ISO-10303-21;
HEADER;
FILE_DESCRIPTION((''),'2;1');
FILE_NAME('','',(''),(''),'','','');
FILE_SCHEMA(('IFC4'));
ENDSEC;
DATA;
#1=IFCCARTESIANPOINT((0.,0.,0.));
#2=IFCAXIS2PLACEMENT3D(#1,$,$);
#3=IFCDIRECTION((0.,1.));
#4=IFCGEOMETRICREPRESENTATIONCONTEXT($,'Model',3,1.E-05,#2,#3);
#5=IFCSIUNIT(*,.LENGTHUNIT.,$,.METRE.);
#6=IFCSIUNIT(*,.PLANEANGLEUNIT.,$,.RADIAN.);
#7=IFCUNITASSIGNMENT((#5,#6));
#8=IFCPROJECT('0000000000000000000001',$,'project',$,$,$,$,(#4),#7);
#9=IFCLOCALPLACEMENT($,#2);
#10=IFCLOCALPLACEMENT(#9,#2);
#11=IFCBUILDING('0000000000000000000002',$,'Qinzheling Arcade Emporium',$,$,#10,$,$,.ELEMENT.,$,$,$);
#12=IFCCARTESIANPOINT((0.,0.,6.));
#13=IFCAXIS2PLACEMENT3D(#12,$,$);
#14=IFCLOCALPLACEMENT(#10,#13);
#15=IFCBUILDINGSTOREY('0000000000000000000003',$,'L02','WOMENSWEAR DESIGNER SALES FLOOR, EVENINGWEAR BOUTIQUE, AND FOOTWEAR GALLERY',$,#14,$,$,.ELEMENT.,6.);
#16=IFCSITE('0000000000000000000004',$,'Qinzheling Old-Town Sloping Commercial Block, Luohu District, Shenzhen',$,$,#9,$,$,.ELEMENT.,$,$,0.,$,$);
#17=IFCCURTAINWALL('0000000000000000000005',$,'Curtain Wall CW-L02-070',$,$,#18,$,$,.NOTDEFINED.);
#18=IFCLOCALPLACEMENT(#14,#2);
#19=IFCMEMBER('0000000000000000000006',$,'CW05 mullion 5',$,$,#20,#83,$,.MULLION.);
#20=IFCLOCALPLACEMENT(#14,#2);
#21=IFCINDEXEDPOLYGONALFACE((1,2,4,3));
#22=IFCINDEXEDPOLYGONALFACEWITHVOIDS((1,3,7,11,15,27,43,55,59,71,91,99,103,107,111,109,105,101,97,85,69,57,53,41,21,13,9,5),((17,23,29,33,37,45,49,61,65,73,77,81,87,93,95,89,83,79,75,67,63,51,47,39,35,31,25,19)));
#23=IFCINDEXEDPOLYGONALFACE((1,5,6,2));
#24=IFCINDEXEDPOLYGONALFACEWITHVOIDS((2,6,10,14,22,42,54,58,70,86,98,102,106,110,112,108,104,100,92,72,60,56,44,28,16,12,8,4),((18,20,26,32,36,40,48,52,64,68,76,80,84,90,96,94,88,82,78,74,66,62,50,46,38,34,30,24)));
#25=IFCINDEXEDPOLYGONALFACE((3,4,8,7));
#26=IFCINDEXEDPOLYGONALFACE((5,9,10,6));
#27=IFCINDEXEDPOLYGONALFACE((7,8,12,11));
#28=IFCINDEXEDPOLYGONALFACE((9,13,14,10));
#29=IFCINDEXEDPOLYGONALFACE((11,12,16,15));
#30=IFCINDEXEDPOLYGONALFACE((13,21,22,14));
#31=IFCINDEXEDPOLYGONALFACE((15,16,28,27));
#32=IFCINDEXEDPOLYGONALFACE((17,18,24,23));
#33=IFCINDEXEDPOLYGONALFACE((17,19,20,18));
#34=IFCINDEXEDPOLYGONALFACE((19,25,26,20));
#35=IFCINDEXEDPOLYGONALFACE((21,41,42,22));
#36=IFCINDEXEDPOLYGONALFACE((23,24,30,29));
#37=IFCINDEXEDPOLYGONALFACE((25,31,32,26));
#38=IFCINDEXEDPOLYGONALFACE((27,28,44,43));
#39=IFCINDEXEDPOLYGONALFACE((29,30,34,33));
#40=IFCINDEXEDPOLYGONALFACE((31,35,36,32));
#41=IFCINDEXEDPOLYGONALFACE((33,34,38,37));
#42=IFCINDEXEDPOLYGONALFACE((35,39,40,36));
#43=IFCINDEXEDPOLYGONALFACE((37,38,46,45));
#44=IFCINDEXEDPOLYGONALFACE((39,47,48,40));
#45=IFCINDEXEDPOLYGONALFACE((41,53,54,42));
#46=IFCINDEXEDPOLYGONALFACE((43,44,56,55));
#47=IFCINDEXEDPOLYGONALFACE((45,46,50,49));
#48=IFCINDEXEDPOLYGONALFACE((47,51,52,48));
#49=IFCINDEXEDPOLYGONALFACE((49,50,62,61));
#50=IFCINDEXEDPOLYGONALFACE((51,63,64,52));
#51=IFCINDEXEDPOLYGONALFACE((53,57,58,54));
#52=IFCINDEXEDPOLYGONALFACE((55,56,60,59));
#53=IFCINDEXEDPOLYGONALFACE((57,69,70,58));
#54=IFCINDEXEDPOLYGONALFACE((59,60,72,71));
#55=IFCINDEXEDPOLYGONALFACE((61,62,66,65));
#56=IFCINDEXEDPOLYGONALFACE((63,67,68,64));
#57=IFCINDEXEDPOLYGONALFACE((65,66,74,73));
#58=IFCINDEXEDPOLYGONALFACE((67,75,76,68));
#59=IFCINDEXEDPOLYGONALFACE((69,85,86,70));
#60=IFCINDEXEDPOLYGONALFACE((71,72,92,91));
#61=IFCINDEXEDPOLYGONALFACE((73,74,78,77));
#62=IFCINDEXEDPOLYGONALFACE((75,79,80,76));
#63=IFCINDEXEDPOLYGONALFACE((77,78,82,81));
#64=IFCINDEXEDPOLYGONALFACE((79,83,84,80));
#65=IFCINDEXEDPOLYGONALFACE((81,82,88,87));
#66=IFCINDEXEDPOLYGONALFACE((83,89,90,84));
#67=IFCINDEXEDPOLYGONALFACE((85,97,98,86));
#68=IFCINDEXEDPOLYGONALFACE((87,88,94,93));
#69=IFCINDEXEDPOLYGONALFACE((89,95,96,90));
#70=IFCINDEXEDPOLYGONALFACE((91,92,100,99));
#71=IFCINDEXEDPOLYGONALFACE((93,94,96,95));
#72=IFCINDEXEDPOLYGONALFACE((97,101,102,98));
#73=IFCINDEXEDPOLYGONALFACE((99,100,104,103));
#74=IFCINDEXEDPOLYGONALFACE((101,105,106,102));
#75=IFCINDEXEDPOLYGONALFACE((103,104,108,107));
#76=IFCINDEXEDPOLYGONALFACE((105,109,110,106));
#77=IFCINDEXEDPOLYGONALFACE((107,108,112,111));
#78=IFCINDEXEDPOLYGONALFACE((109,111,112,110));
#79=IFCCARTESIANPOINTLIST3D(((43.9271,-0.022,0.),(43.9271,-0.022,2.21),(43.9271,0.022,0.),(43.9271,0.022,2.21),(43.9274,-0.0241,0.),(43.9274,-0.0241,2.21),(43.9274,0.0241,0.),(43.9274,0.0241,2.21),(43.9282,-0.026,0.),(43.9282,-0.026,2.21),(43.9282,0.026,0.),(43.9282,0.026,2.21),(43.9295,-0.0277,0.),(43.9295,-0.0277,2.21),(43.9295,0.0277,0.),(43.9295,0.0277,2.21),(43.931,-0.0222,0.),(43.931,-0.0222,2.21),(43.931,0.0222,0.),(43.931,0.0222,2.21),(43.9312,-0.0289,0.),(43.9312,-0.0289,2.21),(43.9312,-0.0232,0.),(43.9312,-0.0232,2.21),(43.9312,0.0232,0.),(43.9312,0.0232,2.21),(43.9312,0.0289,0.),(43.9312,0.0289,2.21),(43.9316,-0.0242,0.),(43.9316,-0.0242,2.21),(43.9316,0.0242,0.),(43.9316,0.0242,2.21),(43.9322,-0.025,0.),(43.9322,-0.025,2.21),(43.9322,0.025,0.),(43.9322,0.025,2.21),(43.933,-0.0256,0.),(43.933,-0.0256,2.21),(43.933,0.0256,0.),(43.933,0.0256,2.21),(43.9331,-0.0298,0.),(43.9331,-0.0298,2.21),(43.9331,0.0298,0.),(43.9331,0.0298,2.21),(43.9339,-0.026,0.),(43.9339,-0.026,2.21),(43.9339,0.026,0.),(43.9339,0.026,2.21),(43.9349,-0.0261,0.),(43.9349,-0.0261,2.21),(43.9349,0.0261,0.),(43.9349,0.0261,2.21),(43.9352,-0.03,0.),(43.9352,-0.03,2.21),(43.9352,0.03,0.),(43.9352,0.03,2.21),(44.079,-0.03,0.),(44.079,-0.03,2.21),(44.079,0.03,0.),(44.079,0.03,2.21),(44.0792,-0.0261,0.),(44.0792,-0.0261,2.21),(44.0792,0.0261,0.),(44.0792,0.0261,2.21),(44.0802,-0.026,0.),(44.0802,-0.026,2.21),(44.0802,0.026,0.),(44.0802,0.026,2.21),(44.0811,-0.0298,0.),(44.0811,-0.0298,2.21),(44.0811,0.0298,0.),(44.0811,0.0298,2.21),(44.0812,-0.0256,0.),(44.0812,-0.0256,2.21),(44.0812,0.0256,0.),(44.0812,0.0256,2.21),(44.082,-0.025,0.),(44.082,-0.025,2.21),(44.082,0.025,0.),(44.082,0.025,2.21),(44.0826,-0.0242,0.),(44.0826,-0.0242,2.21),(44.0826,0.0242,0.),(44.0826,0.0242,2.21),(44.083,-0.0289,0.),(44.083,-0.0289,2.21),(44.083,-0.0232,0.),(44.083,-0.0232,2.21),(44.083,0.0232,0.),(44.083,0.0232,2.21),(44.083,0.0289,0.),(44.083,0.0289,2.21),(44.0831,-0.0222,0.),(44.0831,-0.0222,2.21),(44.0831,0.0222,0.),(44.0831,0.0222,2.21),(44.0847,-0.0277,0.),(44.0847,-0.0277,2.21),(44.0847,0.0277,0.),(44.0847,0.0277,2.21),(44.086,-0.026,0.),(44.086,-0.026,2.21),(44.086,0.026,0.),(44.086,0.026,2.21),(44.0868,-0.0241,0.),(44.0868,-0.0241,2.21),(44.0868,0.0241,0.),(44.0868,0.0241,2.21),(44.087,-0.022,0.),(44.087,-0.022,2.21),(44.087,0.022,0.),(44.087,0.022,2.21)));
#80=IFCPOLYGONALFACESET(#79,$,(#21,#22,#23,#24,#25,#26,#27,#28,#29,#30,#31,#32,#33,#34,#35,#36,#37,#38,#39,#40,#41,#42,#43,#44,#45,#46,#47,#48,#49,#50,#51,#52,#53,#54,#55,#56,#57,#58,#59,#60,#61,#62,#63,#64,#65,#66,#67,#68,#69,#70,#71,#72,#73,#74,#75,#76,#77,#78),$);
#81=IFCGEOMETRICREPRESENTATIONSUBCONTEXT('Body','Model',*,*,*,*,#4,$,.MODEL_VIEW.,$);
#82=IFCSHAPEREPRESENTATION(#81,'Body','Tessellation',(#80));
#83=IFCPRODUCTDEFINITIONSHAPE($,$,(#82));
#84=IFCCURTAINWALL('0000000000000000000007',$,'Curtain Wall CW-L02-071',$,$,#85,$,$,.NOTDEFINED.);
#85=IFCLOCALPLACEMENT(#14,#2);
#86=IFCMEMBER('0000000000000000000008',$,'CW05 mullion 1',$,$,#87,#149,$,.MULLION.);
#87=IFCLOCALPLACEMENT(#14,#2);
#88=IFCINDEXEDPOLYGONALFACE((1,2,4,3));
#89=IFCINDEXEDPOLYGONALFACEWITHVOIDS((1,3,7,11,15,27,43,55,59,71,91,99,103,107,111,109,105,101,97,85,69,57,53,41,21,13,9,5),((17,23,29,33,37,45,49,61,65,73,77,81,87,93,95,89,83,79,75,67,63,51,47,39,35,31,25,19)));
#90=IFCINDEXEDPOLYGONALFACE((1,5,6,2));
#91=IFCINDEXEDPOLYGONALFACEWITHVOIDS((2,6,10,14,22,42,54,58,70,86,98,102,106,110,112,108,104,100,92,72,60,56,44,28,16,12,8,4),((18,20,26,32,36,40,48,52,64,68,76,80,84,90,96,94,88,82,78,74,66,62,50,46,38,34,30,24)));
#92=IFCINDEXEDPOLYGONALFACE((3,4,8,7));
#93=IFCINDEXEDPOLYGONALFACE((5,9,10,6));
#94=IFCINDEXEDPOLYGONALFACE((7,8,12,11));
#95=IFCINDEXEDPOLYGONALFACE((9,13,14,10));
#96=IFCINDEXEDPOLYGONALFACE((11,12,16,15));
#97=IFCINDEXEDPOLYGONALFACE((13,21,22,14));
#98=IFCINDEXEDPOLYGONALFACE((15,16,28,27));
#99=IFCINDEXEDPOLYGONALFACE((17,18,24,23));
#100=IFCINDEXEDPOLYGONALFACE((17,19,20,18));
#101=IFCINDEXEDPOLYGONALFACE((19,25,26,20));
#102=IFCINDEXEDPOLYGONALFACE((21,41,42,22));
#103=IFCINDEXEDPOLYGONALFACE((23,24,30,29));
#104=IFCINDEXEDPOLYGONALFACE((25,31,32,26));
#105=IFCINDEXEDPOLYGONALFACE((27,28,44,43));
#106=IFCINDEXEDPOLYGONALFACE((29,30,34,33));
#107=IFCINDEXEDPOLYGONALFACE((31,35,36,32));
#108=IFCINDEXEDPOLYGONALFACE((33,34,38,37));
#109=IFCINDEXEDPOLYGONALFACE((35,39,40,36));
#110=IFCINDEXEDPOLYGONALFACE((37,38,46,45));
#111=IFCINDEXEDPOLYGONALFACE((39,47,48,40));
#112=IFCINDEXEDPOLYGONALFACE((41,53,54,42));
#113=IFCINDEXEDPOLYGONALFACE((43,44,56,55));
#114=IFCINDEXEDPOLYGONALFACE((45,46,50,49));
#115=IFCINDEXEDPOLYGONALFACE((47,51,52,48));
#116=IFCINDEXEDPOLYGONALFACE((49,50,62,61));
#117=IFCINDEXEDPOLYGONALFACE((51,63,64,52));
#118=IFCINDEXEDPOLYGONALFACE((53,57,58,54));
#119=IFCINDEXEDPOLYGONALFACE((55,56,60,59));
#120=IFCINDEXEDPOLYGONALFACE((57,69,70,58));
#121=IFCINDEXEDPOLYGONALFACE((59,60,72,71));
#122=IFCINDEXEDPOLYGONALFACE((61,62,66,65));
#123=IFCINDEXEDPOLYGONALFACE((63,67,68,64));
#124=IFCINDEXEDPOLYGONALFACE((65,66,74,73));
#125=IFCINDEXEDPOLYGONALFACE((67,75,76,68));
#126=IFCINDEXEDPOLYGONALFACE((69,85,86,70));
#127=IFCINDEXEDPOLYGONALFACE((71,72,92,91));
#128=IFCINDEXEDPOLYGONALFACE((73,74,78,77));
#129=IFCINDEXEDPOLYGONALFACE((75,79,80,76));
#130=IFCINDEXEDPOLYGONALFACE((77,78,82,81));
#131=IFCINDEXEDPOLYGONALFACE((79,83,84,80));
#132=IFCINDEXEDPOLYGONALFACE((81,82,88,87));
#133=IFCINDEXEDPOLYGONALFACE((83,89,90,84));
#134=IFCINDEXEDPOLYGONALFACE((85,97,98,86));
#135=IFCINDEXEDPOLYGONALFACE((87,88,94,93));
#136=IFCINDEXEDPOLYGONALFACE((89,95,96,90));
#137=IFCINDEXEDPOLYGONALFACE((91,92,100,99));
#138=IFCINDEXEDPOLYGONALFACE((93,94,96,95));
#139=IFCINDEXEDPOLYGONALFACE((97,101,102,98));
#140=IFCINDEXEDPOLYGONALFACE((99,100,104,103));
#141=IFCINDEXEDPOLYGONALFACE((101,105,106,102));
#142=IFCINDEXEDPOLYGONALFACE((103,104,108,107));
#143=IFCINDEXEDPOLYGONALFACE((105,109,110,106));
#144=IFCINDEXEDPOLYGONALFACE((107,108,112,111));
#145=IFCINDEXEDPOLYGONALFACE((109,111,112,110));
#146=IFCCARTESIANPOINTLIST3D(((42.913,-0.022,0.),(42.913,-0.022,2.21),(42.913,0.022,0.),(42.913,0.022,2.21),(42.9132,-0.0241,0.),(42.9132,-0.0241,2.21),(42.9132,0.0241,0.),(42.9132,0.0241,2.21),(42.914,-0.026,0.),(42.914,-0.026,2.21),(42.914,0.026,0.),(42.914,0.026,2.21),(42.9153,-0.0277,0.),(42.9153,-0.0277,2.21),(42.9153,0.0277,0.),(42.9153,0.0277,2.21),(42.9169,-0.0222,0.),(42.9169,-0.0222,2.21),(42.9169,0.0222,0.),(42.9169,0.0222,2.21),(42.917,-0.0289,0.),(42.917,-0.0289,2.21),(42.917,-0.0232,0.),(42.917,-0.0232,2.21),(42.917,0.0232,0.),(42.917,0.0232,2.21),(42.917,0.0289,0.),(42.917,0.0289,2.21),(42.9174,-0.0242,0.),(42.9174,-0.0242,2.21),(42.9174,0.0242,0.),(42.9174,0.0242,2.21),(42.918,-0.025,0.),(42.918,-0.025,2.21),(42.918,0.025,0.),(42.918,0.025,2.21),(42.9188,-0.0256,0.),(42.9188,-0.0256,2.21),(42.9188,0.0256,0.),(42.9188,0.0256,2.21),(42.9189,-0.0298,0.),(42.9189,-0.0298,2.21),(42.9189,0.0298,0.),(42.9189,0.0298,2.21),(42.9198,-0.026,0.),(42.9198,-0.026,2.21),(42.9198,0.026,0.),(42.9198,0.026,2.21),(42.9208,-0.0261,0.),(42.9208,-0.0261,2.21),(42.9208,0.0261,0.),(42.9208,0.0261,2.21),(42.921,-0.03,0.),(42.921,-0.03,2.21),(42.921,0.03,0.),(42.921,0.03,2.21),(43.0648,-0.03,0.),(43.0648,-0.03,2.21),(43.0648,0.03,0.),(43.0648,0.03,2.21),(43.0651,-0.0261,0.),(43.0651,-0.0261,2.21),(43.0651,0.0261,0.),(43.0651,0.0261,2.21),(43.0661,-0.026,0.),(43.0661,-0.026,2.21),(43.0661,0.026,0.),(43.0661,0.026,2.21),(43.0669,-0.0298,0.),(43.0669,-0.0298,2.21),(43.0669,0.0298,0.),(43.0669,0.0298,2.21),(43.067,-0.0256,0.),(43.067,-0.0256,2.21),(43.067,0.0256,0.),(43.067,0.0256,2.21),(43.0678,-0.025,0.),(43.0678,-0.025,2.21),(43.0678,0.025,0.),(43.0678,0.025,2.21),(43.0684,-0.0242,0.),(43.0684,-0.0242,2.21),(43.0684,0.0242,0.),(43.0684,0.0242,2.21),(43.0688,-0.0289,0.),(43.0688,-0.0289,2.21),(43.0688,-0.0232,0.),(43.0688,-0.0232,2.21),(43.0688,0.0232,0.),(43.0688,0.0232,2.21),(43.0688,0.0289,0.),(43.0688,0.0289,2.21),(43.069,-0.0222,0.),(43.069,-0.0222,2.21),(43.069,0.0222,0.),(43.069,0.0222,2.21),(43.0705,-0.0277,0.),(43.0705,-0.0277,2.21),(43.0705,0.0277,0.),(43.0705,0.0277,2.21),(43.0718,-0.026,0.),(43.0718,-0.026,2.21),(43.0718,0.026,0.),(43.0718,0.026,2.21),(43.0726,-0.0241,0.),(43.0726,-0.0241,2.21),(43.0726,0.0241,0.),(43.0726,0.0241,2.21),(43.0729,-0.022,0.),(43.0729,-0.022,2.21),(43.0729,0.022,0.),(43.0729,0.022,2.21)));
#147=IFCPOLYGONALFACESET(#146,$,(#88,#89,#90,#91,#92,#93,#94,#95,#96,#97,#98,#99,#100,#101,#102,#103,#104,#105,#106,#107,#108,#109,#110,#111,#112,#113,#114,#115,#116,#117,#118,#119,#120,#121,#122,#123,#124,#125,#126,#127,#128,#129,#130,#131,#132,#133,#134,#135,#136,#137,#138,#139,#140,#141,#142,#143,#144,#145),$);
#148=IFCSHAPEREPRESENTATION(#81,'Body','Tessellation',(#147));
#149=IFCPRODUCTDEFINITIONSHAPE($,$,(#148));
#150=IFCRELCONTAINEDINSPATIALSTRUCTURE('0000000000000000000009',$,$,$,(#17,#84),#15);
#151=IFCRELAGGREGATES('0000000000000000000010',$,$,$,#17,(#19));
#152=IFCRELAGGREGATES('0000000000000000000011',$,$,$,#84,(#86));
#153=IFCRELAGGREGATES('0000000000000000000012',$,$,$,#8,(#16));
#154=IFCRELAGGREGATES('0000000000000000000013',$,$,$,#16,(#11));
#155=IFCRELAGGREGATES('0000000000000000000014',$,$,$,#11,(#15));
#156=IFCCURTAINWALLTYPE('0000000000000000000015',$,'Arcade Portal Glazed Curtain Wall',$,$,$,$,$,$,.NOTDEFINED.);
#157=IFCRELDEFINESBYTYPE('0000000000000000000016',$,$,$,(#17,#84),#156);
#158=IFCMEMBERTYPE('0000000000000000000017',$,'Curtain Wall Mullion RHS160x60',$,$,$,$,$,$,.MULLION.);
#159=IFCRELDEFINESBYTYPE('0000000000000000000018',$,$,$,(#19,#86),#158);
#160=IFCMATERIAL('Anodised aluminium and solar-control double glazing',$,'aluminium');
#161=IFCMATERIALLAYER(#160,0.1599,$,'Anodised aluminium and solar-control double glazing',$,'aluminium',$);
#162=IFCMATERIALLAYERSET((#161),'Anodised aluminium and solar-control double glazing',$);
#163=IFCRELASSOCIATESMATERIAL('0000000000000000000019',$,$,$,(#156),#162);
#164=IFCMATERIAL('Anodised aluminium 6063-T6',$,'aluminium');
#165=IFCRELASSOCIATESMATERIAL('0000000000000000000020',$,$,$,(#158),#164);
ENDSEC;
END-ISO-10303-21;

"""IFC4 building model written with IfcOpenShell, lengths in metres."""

from ifc_helpers import new_model, si_unit, direction, frame, origin, origin_2d, place, context, subcontext, project, spatial, hollow_rectangle, extrude, material, layer, layer_set, material_profile, profile_set, type_object, element, aggregate, save


model = new_model("IFC4")

# Units and contexts
model_context = context("Model", 3, precision=1e-05, world=origin(), true_north=direction((0.0, 1.0)))
body_context = subcontext(model_context, "Body", "Model", "MODEL_VIEW")
ifc_project = project(units=[si_unit("LENGTHUNIT", "METRE"), si_unit("PLANEANGLEUNIT", "RADIAN")], contexts=[model_context])

# Site, building, storey
site_placement = place(None, origin())
site = spatial("IfcSite", under=ifc_project, at=site_placement, Name="Qinzheling Old-Town Sloping Commercial Block, Luohu District, Shenzhen", CompositionType="ELEMENT", RefElevation=0.0)
building_placement = place(site_placement, origin())
building = spatial("IfcBuilding", under=site, at=building_placement, Name="Qinzheling Arcade Emporium", CompositionType="ELEMENT")
storey_placement = place(building_placement, frame((0.0, 0.0, 6.0)))
storey = spatial("IfcBuildingStorey", under=building, at=storey_placement, Name="L02", Description="WOMENSWEAR DESIGNER SALES FLOOR, EVENINGWEAR BOUTIQUE, AND FOOTWEAR GALLERY", CompositionType="ELEMENT", Elevation=6.0)

# Curtain walls, members
ifc_material_1 = material(Name="Anodised aluminium and solar-control double glazing", Category="aluminium")
ifc_layer_1 = layer(ifc_material_1, 0.1599, Name="Anodised aluminium and solar-control double glazing", Category="aluminium")
ifc_layer_set_1 = layer_set([ifc_layer_1], Name="Anodised aluminium and solar-control double glazing")
curtain_wall_type = type_object("IfcCurtainWallType", Name="Arcade Portal Glazed Curtain Wall", PredefinedType="NOTDEFINED", material=ifc_layer_set_1)
curtain_wall_1_placement = place(storey_placement, origin())
curtain_wall_1 = element("IfcCurtainWall", 1, at=curtain_wall_1_placement, inside=storey, type_object=curtain_wall_type, Name="Curtain Wall CW-L02-070", PredefinedType="NOTDEFINED")
ifc_material_2 = material(Name="Anodised aluminium 6063-T6", Category="aluminium")
ifc_material_profile_1 = material_profile(ifc_material_2, hollow_rectangle(XDim=0.0601, YDim=0.1599, WallThickness=0.0039, InnerFilletRadius=0.0039, OuterFilletRadius=0.0081, at=origin_2d()), Name="RHS 160x60x4", Category="aluminium")
ifc_profile_set_1 = profile_set([ifc_material_profile_1], Name="Anodised aluminium 6063-T6")
member_type_1 = type_object("IfcMemberType", Name="Curtain Wall Mullion RHS160x60", PredefinedType="MULLION", material=ifc_profile_set_1)
member_1_placement = place(storey_placement, frame((44.0071, 0.0, 0.0), z_axis=(0.0, 0.0, 1.0), x_axis=(0.0, -1.0, 0.0)))
member_1 = element("IfcMember", 2, at=member_1_placement, type_object=member_type_1, Name="CW05 mullion 5", PredefinedType="MULLION", context=body_context, shape_type="SweptSolid", body=[
    extrude(hollow_rectangle(XDim=0.0601, YDim=0.1599, WallThickness=0.0039, InnerFilletRadius=0.0039, OuterFilletRadius=0.0081, at=origin_2d()), origin(), (0.0, 0.0, 1.0), 2.21),
])
curtain_wall_2_placement = place(storey_placement, origin())
curtain_wall_2 = element("IfcCurtainWall", 3, at=curtain_wall_2_placement, inside=storey, type_object=curtain_wall_type, Name="Curtain Wall CW-L02-071", PredefinedType="NOTDEFINED")
member_2_placement = place(storey_placement, frame((42.9929, 0.0, 0.0), z_axis=(0.0, 0.0, 1.0), x_axis=(0.0, -1.0, 0.0)))
member_2 = element("IfcMember", 4, at=member_2_placement, type_object=member_type_1, Name="CW05 mullion 1", PredefinedType="MULLION", context=body_context, shape_type="SweptSolid", body=[
    extrude(hollow_rectangle(XDim=0.0601, YDim=0.1599, WallThickness=0.0039, InnerFilletRadius=0.0039, OuterFilletRadius=0.0081, at=origin_2d()), origin(), (0.0, 0.0, 1.0), 2.21),
])

aggregate(curtain_wall_1, [member_1])
aggregate(curtain_wall_2, [member_2])

save(model, "model.ifc")
